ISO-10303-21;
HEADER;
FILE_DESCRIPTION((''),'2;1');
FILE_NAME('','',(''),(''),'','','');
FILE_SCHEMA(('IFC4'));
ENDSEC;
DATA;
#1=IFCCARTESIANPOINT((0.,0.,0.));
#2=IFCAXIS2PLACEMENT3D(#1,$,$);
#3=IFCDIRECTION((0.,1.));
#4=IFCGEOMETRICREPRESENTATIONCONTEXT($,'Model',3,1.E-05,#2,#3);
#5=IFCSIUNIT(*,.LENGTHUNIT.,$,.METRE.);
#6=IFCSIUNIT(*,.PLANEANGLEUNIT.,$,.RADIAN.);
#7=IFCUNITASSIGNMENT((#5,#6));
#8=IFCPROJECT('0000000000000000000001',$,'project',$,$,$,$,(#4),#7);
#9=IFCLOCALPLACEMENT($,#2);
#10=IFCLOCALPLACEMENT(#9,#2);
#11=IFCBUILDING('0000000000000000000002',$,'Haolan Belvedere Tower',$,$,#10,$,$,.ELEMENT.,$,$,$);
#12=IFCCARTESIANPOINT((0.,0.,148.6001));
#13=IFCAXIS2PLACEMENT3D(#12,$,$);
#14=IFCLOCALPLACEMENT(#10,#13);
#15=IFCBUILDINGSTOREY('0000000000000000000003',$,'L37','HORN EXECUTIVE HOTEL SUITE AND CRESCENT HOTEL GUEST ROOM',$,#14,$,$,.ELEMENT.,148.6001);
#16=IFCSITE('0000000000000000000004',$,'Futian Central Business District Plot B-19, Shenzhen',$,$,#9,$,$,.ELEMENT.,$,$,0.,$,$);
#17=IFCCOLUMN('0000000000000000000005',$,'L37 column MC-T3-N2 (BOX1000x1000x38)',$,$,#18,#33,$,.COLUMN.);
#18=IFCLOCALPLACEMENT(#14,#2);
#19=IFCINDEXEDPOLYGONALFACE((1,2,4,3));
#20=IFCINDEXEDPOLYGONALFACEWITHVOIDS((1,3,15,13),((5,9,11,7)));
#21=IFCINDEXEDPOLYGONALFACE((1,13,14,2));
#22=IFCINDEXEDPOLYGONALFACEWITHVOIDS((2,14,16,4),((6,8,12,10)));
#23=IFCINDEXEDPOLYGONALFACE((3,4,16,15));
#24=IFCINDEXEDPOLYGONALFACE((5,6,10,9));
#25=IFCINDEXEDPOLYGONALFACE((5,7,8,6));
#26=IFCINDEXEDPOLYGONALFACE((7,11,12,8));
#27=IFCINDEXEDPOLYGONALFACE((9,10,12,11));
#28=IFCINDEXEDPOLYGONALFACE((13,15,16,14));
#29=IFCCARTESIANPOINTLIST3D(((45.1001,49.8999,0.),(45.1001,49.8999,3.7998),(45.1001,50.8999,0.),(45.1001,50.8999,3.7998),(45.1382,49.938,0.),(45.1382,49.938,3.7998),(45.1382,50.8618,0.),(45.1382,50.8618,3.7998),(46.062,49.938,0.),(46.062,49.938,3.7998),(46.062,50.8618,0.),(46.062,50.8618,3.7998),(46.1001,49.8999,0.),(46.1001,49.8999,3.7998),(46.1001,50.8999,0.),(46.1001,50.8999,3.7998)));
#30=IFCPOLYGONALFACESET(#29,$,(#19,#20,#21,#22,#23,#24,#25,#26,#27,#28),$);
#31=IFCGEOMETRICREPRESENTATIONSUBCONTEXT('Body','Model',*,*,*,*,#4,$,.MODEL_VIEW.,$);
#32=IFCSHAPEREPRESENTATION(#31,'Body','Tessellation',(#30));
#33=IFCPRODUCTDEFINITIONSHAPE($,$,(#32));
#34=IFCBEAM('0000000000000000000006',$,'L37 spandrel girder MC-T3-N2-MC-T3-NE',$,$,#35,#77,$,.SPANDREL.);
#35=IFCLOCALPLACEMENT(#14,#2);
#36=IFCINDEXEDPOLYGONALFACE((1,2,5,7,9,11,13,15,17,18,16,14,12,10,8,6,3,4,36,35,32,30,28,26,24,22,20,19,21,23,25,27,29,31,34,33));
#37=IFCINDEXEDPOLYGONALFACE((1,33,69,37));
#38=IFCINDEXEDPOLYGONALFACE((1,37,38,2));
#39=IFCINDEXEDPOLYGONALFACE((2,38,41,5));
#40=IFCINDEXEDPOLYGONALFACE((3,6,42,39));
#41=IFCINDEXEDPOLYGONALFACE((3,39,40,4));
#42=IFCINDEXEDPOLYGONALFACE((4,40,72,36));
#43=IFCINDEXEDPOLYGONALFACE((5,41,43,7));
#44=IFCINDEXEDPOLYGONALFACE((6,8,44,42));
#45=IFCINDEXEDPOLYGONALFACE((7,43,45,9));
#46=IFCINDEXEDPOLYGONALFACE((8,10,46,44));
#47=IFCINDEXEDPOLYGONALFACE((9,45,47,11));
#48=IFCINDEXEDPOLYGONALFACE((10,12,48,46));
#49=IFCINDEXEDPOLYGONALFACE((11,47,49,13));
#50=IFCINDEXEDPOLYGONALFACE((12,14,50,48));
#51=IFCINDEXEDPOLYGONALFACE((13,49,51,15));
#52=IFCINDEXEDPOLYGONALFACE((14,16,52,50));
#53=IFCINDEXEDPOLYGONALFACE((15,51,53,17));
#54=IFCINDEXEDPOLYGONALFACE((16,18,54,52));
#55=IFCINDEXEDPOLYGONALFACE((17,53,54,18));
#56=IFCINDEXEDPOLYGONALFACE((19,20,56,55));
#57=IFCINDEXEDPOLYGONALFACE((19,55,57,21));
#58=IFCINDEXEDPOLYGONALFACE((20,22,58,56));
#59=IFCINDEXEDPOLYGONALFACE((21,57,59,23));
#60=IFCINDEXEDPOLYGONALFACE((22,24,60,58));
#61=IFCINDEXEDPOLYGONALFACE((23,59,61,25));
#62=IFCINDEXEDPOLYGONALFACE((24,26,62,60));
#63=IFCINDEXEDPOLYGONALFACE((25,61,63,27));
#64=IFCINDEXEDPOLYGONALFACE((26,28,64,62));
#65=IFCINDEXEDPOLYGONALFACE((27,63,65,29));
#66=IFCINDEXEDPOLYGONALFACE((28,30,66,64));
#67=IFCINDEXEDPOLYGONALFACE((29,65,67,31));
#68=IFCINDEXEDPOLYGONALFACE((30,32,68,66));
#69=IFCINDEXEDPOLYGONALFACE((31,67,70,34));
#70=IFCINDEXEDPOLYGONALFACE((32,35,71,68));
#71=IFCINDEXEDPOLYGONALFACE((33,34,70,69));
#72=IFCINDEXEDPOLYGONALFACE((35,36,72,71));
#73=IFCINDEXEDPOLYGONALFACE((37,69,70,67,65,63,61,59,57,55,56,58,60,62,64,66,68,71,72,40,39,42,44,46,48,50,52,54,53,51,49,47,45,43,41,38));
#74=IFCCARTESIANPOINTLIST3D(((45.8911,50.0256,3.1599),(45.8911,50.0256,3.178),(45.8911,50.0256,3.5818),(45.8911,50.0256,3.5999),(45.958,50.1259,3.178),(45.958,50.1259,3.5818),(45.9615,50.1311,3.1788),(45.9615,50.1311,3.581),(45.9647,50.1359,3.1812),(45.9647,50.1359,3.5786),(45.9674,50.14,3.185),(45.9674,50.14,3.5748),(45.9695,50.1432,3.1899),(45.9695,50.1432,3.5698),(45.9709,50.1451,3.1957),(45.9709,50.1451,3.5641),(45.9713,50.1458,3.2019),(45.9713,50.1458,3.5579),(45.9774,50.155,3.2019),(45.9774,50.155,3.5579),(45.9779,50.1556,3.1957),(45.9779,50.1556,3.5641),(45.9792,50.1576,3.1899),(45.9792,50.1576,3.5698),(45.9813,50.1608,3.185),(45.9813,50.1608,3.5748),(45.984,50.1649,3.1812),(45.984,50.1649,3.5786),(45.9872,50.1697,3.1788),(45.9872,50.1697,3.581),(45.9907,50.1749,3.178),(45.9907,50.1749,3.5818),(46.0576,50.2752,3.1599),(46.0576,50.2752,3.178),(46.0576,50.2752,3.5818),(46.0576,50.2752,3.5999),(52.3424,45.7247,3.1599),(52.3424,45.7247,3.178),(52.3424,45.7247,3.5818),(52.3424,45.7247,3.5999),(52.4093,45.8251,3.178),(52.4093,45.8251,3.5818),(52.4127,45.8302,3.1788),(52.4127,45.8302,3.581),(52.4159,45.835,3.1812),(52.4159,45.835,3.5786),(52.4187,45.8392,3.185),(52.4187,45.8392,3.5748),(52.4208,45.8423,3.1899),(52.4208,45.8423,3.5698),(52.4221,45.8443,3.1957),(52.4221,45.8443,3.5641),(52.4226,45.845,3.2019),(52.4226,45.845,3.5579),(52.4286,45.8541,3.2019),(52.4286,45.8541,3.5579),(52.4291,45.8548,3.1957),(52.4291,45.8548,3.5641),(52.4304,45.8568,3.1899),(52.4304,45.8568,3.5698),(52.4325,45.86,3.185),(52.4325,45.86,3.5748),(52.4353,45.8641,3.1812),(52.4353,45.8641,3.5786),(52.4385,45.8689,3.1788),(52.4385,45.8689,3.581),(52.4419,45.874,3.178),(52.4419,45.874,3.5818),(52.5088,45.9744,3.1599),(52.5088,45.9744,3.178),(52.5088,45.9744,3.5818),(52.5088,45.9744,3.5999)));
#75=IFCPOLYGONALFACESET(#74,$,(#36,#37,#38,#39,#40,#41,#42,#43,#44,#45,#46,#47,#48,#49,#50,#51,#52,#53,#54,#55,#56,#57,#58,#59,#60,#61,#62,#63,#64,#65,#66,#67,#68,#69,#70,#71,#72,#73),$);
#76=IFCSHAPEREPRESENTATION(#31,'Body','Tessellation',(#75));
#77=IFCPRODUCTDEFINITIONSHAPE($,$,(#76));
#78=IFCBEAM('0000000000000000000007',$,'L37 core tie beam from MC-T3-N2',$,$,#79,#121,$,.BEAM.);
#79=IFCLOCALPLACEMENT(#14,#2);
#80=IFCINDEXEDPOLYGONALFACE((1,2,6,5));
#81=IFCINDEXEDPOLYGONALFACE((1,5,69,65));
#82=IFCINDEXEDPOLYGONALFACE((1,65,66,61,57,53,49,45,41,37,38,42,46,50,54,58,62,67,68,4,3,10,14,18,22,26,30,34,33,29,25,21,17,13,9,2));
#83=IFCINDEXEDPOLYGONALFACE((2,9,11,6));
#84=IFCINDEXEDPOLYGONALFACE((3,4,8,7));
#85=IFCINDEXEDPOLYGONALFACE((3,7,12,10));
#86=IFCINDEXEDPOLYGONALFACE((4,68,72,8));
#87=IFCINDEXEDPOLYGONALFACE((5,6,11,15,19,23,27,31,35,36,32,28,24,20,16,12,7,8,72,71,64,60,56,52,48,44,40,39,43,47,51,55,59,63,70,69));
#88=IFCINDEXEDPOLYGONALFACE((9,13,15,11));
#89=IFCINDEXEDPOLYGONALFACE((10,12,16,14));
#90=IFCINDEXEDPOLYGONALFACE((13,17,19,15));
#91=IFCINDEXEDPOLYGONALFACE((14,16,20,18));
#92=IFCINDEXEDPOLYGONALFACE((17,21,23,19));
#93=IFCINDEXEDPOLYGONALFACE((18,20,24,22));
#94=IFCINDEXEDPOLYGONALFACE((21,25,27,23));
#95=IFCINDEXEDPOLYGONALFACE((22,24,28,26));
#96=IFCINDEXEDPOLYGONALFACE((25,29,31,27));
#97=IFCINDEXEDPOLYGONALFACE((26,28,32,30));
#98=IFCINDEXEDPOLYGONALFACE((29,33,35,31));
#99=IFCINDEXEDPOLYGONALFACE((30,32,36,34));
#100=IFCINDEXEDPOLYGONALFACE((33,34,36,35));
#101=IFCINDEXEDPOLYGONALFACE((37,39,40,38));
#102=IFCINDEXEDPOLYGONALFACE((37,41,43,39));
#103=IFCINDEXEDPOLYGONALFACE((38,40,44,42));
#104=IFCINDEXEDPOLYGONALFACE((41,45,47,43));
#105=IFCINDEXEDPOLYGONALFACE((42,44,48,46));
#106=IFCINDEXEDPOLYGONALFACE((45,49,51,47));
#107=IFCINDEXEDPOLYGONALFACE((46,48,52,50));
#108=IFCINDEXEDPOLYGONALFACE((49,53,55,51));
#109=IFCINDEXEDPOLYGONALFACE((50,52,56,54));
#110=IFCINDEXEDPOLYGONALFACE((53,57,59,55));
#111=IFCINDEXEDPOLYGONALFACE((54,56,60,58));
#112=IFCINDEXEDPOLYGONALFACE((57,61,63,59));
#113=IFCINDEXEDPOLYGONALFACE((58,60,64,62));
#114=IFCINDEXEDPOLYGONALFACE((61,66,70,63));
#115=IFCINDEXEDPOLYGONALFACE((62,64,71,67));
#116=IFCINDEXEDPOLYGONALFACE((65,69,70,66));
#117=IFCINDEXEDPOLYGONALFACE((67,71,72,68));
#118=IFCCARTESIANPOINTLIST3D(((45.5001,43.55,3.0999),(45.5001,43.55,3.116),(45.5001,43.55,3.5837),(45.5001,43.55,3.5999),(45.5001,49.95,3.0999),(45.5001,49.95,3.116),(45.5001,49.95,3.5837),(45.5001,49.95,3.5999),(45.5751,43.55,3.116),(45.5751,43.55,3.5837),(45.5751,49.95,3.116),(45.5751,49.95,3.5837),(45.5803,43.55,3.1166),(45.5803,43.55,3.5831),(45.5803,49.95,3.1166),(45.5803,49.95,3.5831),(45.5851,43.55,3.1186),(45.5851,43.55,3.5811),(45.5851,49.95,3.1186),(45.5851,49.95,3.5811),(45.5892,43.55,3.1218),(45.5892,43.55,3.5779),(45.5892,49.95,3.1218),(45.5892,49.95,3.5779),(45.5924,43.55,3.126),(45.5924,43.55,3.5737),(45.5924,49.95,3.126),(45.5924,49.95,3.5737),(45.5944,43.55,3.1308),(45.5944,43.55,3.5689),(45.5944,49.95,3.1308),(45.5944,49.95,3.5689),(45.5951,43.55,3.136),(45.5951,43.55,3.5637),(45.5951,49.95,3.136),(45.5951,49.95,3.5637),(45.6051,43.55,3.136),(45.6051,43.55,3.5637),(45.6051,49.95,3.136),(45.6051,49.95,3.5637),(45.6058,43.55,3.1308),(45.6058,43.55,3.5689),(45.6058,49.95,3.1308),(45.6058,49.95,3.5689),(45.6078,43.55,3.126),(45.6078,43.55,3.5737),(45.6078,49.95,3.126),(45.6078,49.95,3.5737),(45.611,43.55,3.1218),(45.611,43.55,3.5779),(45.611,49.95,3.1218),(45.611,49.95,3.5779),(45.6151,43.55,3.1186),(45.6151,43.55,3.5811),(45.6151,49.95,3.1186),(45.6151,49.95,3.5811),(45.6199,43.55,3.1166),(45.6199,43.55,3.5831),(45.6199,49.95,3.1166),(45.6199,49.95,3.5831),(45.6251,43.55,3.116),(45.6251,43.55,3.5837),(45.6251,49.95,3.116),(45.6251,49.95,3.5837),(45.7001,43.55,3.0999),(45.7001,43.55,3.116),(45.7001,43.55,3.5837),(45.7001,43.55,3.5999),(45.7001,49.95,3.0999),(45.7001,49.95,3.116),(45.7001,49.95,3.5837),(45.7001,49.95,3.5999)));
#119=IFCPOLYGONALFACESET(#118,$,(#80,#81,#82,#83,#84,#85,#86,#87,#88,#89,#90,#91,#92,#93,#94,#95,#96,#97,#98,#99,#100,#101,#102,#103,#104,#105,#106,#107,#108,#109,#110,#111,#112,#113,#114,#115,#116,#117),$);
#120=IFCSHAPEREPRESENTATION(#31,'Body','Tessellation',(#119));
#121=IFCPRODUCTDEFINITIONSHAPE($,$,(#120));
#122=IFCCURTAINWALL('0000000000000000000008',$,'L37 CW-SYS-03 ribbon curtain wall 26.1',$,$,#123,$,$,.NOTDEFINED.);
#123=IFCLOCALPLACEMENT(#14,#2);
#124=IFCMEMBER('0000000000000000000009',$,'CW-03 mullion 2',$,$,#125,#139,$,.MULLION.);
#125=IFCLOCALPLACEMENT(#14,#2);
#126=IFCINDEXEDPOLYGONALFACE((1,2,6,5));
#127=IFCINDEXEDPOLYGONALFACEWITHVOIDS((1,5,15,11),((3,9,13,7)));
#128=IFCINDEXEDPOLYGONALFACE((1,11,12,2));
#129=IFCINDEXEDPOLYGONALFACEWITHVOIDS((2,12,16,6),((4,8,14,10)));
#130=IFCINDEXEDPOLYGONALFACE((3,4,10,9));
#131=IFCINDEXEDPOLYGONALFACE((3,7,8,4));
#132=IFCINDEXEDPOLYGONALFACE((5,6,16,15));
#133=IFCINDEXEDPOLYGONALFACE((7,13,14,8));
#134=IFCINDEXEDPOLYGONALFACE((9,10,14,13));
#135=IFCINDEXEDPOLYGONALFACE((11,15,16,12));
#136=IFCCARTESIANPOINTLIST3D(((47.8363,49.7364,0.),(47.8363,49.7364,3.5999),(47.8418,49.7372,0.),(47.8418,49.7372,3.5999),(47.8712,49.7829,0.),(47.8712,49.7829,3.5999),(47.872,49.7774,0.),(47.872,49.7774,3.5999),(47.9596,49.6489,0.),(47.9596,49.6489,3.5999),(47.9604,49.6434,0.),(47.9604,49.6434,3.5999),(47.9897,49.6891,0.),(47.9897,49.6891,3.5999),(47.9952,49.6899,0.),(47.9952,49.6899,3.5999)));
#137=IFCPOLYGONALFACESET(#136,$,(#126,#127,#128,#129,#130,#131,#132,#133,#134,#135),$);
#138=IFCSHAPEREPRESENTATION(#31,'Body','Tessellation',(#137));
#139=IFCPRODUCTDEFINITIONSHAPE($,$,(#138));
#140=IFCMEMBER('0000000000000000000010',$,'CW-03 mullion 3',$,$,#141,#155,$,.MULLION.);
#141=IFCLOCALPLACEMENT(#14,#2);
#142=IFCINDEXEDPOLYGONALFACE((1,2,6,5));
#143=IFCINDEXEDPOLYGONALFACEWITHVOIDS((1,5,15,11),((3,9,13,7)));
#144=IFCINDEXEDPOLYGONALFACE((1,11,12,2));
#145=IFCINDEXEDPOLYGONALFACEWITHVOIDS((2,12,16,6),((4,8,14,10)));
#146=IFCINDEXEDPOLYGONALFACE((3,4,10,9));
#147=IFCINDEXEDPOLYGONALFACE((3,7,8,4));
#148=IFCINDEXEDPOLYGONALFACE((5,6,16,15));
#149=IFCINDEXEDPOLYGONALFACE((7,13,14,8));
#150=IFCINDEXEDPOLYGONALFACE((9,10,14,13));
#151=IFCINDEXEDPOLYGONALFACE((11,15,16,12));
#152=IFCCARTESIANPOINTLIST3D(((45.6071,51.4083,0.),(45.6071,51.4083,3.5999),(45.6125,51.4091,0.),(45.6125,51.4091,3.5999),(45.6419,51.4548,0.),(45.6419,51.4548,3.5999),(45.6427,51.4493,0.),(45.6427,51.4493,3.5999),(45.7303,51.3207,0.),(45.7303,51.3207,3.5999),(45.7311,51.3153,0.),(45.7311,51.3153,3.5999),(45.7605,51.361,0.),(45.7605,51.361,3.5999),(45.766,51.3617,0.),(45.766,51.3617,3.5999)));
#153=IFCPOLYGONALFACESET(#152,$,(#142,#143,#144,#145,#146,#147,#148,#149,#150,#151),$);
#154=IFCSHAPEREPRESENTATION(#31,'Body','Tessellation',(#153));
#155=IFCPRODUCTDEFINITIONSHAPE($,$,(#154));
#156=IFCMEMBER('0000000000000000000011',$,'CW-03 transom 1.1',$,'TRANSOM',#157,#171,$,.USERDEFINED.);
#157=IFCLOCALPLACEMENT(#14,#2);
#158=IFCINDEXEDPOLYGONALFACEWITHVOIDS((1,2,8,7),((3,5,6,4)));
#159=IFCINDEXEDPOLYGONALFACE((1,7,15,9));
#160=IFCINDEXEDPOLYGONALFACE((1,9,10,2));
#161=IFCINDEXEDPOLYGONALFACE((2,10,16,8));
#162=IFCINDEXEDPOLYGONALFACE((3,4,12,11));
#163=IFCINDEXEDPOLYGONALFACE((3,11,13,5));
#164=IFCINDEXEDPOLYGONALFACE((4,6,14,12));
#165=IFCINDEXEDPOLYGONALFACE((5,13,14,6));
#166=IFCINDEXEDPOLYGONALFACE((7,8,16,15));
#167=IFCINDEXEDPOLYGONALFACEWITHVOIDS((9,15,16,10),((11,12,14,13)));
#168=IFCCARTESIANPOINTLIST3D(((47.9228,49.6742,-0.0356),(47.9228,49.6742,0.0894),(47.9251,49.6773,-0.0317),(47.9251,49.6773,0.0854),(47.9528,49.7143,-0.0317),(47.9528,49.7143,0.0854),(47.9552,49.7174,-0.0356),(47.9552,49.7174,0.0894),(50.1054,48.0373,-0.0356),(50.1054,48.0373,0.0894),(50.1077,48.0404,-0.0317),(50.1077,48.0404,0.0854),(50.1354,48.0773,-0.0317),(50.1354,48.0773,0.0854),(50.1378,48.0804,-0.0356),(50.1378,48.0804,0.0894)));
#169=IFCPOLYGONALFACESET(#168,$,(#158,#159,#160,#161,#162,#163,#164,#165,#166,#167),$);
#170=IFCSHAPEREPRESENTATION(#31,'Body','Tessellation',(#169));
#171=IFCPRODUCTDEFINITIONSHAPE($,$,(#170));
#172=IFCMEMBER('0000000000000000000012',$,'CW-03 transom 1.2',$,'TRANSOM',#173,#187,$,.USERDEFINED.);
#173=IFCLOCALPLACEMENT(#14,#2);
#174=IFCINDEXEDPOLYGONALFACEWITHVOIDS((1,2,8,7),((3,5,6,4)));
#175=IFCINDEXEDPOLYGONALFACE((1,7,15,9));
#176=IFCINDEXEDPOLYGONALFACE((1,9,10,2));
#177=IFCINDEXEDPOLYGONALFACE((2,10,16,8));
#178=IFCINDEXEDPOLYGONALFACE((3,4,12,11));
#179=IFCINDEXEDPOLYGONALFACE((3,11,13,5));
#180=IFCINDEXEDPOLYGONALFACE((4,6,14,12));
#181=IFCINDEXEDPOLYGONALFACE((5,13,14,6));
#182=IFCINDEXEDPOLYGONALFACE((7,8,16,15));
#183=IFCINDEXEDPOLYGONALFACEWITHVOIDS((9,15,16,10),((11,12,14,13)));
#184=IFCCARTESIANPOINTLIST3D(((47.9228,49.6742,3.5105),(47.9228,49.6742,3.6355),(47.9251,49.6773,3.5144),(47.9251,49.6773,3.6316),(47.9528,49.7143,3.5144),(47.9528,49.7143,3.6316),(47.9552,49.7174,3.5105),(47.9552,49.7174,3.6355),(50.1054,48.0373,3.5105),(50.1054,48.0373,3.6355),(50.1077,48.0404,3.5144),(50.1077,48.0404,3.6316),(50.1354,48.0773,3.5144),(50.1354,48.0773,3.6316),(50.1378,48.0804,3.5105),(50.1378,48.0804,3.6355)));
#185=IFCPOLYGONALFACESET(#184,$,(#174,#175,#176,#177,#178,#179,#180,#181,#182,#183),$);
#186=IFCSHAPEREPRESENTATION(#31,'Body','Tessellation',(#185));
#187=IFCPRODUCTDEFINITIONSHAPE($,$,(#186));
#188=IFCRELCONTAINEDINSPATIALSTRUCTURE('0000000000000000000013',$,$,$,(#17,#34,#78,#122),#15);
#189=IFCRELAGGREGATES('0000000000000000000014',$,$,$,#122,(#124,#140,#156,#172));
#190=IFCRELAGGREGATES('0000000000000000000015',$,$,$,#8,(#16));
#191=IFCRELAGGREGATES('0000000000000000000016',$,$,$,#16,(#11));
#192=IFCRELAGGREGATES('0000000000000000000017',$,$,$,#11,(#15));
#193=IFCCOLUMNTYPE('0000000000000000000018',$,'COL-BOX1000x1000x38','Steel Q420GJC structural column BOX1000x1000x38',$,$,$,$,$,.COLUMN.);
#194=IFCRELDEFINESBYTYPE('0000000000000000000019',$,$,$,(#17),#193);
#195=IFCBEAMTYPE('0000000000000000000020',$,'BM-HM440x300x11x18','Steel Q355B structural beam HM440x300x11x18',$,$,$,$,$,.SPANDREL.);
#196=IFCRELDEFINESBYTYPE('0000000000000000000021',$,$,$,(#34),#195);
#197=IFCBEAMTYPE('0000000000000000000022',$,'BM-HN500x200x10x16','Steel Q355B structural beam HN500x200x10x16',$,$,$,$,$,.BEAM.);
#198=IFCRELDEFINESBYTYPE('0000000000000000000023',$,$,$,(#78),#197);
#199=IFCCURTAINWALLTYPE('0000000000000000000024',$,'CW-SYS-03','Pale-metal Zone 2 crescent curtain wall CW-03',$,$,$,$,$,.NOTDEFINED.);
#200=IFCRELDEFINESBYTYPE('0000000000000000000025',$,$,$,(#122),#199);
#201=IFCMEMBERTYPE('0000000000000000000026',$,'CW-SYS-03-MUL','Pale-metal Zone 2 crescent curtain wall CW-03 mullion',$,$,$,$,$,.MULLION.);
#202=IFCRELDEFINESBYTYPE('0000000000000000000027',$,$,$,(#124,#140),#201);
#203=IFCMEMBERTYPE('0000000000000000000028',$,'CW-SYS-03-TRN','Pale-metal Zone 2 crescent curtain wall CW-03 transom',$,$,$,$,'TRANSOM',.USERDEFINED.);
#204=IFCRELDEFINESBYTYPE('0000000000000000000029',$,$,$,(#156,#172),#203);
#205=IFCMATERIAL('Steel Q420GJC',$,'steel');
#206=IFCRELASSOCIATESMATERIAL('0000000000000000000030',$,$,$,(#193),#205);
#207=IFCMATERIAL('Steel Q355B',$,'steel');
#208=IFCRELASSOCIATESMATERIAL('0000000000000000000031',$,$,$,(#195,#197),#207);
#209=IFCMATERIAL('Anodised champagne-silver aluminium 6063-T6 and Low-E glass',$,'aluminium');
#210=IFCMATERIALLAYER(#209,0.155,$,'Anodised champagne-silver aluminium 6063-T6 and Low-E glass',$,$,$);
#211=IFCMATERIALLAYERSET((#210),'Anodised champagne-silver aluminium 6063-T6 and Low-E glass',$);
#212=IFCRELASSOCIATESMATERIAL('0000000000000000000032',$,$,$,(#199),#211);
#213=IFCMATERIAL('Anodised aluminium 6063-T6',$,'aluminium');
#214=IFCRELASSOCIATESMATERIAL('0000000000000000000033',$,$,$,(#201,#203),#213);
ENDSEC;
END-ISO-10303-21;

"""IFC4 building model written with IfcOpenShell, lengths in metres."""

from ifc_helpers import new_model, si_unit, direction, frame, origin, origin_2d, place, context, subcontext, project, spatial, hollow_rectangle, i_section, extrude, material, layer, layer_set, material_profile, profile_set, type_object, element, aggregate, save


model = new_model("IFC4")

# Units and contexts
model_context = context("Model", 3, precision=1e-05, world=origin(), true_north=direction((0.0, 1.0)))
body_context = subcontext(model_context, "Body", "Model", "MODEL_VIEW")
ifc_project = project(units=[si_unit("LENGTHUNIT", "METRE"), si_unit("PLANEANGLEUNIT", "RADIAN")], contexts=[model_context])

# Site, building, storey
site_placement = place(None, origin())
site = spatial("IfcSite", under=ifc_project, at=site_placement, Name="Futian Central Business District Plot B-19, Shenzhen", CompositionType="ELEMENT", RefElevation=0.0)
building_placement = place(site_placement, origin())
building = spatial("IfcBuilding", under=site, at=building_placement, Name="Haolan Belvedere Tower", CompositionType="ELEMENT")
storey_placement = place(building_placement, frame((0.0, 0.0, 148.6001)))
storey = spatial("IfcBuildingStorey", under=building, at=storey_placement, Name="L37", Description="HORN EXECUTIVE HOTEL SUITE AND CRESCENT HOTEL GUEST ROOM", CompositionType="ELEMENT", Elevation=148.6001)

# Column
ifc_material_1 = material(Name="Steel Q420GJC", Category="steel")
ifc_material_profile_1 = material_profile(ifc_material_1, hollow_rectangle(XDim=1.0, YDim=1.0, WallThickness=0.0381, at=origin_2d()), Name="Steel Q420GJC")
ifc_profile_set_1 = profile_set([ifc_material_profile_1], Name="Steel Q420GJC")
column_type = type_object("IfcColumnType", Name="COL-BOX1000x1000x38", Description="Steel Q420GJC structural column BOX1000x1000x38", PredefinedType="COLUMN", material=ifc_profile_set_1)
column_placement = place(storey_placement, frame((45.6001, 50.3999, 0.0), z_axis=(0.0, 0.0, 1.0), x_axis=(1.0, 0.0, 0.0)))
element("IfcColumn", 1, at=column_placement, inside=storey, type_object=column_type, Name="L37 column MC-T3-N2 (BOX1000x1000x38)", PredefinedType="COLUMN", context=body_context, shape_type="SweptSolid", body=[
    extrude(hollow_rectangle(XDim=1.0, YDim=1.0, WallThickness=0.0381, at=origin_2d()), origin(), (0.0, 0.0, 1.0), 3.7998),
])

# Beams
ifc_material_2 = material(Name="Steel Q355B", Category="steel")
ifc_material_profile_2 = material_profile(ifc_material_2, i_section(OverallWidth=0.3, OverallDepth=0.4399, WebThickness=0.011, FlangeThickness=0.0181, FilletRadius=0.0239, at=origin_2d()), Name="Steel Q355B")
ifc_profile_set_2 = profile_set([ifc_material_profile_2], Name="Steel Q355B")
beam_type_1 = type_object("IfcBeamType", Name="BM-HM440x300x11x18", Description="Steel Q355B structural beam HM440x300x11x18", PredefinedType="SPANDREL", material=ifc_profile_set_2)
beam_1_placement = place(storey_placement, frame((45.9744, 50.1504, 3.3799), z_axis=(0.83205, -0.5547, 0.0), x_axis=(0.5547, 0.83205, 0.0)))
element("IfcBeam", 2, at=beam_1_placement, inside=storey, type_object=beam_type_1, Name="L37 spandrel girder MC-T3-N2-MC-T3-NE", PredefinedType="SPANDREL", context=body_context, shape_type="SweptSolid", body=[
    extrude(i_section(OverallWidth=0.3, OverallDepth=0.4399, WebThickness=0.011, FlangeThickness=0.0181, FilletRadius=0.0239, at=origin_2d()), origin(), (0.0, 0.0, 1.0), 7.7534),
])
ifc_material_profile_3 = material_profile(ifc_material_2, i_section(OverallWidth=0.2, OverallDepth=0.5, WebThickness=0.01, FlangeThickness=0.0161, FilletRadius=0.02, at=origin_2d()), Name="Steel Q355B")
ifc_profile_set_3 = profile_set([ifc_material_profile_3], Name="Steel Q355B")
beam_type_2 = type_object("IfcBeamType", Name="BM-HN500x200x10x16", Description="Steel Q355B structural beam HN500x200x10x16", PredefinedType="BEAM", material=ifc_profile_set_3)
beam_2_placement = place(storey_placement, frame((45.6001, 49.95, 3.3499), z_axis=(0.0, -1.0, 0.0), x_axis=(1.0, 0.0, 0.0)))
element("IfcBeam", 3, at=beam_2_placement, inside=storey, type_object=beam_type_2, Name="L37 core tie beam from MC-T3-N2", PredefinedType="BEAM", context=body_context, shape_type="SweptSolid", body=[
    extrude(i_section(OverallWidth=0.2, OverallDepth=0.5, WebThickness=0.01, FlangeThickness=0.0161, FilletRadius=0.02, at=origin_2d()), origin(), (0.0, 0.0, 1.0), 6.3999),
])

# Curtain wall, members
ifc_material_3 = material(Name="Anodised champagne-silver aluminium 6063-T6 and Low-E glass", Category="aluminium")
ifc_layer_1 = layer(ifc_material_3, 0.155, Name="Anodised champagne-silver aluminium 6063-T6 and Low-E glass")
ifc_layer_set_1 = layer_set([ifc_layer_1], Name="Anodised champagne-silver aluminium 6063-T6 and Low-E glass")
curtain_wall_type = type_object("IfcCurtainWallType", Name="CW-SYS-03", Description="Pale-metal Zone 2 crescent curtain wall CW-03", PredefinedType="NOTDEFINED", material=ifc_layer_set_1)
curtain_wall_placement = place(storey_placement, origin())
curtain_wall = element("IfcCurtainWall", 4, at=curtain_wall_placement, inside=storey, type_object=curtain_wall_type, Name="L37 CW-SYS-03 ribbon curtain wall 26.1", PredefinedType="NOTDEFINED")
ifc_material_4 = material(Name="Anodised aluminium 6063-T6", Category="aluminium")
ifc_material_profile_4 = material_profile(ifc_material_4, hollow_rectangle(XDim=0.0581, YDim=0.155, WallThickness=0.0039, at=origin_2d()), Name="Anodised aluminium 6063-T6")
ifc_profile_set_4 = profile_set([ifc_material_profile_4], Name="Anodised aluminium 6063-T6")
member_type_1 = type_object("IfcMemberType", Name="CW-SYS-03-MUL", Description="Pale-metal Zone 2 crescent curtain wall CW-03 mullion", PredefinedType="MULLION", material=ifc_profile_set_4)
member_1_placement = place(storey_placement, frame((47.9158, 49.7131, 0.0), z_axis=(0.0, 0.0, 1.0), x_axis=(-0.599994, -0.800004, 0.0)))
member_1 = element("IfcMember", 5, at=member_1_placement, type_object=member_type_1, Name="CW-03 mullion 2", PredefinedType="MULLION", context=body_context, shape_type="SweptSolid", body=[
    extrude(hollow_rectangle(XDim=0.0581, YDim=0.155, WallThickness=0.0039, at=origin_2d()), origin(), (0.0, 0.0, 1.0), 3.5999),
])
member_2_placement = place(storey_placement, frame((45.6865, 51.385, 0.0), z_axis=(0.0, 0.0, 1.0), x_axis=(-0.599994, -0.800004, 0.0)))
member_2 = element("IfcMember", 6, at=member_2_placement, type_object=member_type_1, Name="CW-03 mullion 3", PredefinedType="MULLION", context=body_context, shape_type="SweptSolid", body=[
    extrude(hollow_rectangle(XDim=0.0581, YDim=0.155, WallThickness=0.0039, at=origin_2d()), origin(), (0.0, 0.0, 1.0), 3.5999),
])
ifc_material_profile_5 = material_profile(ifc_material_4, hollow_rectangle(XDim=0.054, YDim=0.125, WallThickness=0.0039, at=origin_2d()), Name="Anodised aluminium 6063-T6")
ifc_profile_set_5 = profile_set([ifc_material_profile_5], Name="Anodised aluminium 6063-T6")
member_type_2 = type_object("IfcMemberType", Name="CW-SYS-03-TRN", Description="Pale-metal Zone 2 crescent curtain wall CW-03 transom", ElementType="TRANSOM", PredefinedType="USERDEFINED", material=ifc_profile_set_5)
member_3_placement = place(storey_placement, frame((50.1216, 48.0588, 0.0269), z_axis=(-0.8, 0.6, 0.0), x_axis=(-0.6, -0.8, 0.0)))
member_3 = element("IfcMember", 7, at=member_3_placement, type_object=member_type_2, Name="CW-03 transom 1.1", ObjectType="TRANSOM", PredefinedType="USERDEFINED", context=body_context, shape_type="SweptSolid", body=[
    extrude(hollow_rectangle(XDim=0.054, YDim=0.125, WallThickness=0.0039, at=origin_2d()), origin(), (0.0, 0.0, 1.0), 2.7283),
])
member_4_placement = place(storey_placement, frame((50.1216, 48.0588, 3.573), z_axis=(-0.8, 0.6, 0.0), x_axis=(-0.6, -0.8, 0.0)))
member_4 = element("IfcMember", 8, at=member_4_placement, type_object=member_type_2, Name="CW-03 transom 1.2", ObjectType="TRANSOM", PredefinedType="USERDEFINED", context=body_context, shape_type="SweptSolid", body=[
    extrude(hollow_rectangle(XDim=0.054, YDim=0.125, WallThickness=0.0039, at=origin_2d()), origin(), (0.0, 0.0, 1.0), 2.7283),
])
aggregate(curtain_wall, [member_1, member_2, member_3, member_4])

save(model, "model.ifc")
